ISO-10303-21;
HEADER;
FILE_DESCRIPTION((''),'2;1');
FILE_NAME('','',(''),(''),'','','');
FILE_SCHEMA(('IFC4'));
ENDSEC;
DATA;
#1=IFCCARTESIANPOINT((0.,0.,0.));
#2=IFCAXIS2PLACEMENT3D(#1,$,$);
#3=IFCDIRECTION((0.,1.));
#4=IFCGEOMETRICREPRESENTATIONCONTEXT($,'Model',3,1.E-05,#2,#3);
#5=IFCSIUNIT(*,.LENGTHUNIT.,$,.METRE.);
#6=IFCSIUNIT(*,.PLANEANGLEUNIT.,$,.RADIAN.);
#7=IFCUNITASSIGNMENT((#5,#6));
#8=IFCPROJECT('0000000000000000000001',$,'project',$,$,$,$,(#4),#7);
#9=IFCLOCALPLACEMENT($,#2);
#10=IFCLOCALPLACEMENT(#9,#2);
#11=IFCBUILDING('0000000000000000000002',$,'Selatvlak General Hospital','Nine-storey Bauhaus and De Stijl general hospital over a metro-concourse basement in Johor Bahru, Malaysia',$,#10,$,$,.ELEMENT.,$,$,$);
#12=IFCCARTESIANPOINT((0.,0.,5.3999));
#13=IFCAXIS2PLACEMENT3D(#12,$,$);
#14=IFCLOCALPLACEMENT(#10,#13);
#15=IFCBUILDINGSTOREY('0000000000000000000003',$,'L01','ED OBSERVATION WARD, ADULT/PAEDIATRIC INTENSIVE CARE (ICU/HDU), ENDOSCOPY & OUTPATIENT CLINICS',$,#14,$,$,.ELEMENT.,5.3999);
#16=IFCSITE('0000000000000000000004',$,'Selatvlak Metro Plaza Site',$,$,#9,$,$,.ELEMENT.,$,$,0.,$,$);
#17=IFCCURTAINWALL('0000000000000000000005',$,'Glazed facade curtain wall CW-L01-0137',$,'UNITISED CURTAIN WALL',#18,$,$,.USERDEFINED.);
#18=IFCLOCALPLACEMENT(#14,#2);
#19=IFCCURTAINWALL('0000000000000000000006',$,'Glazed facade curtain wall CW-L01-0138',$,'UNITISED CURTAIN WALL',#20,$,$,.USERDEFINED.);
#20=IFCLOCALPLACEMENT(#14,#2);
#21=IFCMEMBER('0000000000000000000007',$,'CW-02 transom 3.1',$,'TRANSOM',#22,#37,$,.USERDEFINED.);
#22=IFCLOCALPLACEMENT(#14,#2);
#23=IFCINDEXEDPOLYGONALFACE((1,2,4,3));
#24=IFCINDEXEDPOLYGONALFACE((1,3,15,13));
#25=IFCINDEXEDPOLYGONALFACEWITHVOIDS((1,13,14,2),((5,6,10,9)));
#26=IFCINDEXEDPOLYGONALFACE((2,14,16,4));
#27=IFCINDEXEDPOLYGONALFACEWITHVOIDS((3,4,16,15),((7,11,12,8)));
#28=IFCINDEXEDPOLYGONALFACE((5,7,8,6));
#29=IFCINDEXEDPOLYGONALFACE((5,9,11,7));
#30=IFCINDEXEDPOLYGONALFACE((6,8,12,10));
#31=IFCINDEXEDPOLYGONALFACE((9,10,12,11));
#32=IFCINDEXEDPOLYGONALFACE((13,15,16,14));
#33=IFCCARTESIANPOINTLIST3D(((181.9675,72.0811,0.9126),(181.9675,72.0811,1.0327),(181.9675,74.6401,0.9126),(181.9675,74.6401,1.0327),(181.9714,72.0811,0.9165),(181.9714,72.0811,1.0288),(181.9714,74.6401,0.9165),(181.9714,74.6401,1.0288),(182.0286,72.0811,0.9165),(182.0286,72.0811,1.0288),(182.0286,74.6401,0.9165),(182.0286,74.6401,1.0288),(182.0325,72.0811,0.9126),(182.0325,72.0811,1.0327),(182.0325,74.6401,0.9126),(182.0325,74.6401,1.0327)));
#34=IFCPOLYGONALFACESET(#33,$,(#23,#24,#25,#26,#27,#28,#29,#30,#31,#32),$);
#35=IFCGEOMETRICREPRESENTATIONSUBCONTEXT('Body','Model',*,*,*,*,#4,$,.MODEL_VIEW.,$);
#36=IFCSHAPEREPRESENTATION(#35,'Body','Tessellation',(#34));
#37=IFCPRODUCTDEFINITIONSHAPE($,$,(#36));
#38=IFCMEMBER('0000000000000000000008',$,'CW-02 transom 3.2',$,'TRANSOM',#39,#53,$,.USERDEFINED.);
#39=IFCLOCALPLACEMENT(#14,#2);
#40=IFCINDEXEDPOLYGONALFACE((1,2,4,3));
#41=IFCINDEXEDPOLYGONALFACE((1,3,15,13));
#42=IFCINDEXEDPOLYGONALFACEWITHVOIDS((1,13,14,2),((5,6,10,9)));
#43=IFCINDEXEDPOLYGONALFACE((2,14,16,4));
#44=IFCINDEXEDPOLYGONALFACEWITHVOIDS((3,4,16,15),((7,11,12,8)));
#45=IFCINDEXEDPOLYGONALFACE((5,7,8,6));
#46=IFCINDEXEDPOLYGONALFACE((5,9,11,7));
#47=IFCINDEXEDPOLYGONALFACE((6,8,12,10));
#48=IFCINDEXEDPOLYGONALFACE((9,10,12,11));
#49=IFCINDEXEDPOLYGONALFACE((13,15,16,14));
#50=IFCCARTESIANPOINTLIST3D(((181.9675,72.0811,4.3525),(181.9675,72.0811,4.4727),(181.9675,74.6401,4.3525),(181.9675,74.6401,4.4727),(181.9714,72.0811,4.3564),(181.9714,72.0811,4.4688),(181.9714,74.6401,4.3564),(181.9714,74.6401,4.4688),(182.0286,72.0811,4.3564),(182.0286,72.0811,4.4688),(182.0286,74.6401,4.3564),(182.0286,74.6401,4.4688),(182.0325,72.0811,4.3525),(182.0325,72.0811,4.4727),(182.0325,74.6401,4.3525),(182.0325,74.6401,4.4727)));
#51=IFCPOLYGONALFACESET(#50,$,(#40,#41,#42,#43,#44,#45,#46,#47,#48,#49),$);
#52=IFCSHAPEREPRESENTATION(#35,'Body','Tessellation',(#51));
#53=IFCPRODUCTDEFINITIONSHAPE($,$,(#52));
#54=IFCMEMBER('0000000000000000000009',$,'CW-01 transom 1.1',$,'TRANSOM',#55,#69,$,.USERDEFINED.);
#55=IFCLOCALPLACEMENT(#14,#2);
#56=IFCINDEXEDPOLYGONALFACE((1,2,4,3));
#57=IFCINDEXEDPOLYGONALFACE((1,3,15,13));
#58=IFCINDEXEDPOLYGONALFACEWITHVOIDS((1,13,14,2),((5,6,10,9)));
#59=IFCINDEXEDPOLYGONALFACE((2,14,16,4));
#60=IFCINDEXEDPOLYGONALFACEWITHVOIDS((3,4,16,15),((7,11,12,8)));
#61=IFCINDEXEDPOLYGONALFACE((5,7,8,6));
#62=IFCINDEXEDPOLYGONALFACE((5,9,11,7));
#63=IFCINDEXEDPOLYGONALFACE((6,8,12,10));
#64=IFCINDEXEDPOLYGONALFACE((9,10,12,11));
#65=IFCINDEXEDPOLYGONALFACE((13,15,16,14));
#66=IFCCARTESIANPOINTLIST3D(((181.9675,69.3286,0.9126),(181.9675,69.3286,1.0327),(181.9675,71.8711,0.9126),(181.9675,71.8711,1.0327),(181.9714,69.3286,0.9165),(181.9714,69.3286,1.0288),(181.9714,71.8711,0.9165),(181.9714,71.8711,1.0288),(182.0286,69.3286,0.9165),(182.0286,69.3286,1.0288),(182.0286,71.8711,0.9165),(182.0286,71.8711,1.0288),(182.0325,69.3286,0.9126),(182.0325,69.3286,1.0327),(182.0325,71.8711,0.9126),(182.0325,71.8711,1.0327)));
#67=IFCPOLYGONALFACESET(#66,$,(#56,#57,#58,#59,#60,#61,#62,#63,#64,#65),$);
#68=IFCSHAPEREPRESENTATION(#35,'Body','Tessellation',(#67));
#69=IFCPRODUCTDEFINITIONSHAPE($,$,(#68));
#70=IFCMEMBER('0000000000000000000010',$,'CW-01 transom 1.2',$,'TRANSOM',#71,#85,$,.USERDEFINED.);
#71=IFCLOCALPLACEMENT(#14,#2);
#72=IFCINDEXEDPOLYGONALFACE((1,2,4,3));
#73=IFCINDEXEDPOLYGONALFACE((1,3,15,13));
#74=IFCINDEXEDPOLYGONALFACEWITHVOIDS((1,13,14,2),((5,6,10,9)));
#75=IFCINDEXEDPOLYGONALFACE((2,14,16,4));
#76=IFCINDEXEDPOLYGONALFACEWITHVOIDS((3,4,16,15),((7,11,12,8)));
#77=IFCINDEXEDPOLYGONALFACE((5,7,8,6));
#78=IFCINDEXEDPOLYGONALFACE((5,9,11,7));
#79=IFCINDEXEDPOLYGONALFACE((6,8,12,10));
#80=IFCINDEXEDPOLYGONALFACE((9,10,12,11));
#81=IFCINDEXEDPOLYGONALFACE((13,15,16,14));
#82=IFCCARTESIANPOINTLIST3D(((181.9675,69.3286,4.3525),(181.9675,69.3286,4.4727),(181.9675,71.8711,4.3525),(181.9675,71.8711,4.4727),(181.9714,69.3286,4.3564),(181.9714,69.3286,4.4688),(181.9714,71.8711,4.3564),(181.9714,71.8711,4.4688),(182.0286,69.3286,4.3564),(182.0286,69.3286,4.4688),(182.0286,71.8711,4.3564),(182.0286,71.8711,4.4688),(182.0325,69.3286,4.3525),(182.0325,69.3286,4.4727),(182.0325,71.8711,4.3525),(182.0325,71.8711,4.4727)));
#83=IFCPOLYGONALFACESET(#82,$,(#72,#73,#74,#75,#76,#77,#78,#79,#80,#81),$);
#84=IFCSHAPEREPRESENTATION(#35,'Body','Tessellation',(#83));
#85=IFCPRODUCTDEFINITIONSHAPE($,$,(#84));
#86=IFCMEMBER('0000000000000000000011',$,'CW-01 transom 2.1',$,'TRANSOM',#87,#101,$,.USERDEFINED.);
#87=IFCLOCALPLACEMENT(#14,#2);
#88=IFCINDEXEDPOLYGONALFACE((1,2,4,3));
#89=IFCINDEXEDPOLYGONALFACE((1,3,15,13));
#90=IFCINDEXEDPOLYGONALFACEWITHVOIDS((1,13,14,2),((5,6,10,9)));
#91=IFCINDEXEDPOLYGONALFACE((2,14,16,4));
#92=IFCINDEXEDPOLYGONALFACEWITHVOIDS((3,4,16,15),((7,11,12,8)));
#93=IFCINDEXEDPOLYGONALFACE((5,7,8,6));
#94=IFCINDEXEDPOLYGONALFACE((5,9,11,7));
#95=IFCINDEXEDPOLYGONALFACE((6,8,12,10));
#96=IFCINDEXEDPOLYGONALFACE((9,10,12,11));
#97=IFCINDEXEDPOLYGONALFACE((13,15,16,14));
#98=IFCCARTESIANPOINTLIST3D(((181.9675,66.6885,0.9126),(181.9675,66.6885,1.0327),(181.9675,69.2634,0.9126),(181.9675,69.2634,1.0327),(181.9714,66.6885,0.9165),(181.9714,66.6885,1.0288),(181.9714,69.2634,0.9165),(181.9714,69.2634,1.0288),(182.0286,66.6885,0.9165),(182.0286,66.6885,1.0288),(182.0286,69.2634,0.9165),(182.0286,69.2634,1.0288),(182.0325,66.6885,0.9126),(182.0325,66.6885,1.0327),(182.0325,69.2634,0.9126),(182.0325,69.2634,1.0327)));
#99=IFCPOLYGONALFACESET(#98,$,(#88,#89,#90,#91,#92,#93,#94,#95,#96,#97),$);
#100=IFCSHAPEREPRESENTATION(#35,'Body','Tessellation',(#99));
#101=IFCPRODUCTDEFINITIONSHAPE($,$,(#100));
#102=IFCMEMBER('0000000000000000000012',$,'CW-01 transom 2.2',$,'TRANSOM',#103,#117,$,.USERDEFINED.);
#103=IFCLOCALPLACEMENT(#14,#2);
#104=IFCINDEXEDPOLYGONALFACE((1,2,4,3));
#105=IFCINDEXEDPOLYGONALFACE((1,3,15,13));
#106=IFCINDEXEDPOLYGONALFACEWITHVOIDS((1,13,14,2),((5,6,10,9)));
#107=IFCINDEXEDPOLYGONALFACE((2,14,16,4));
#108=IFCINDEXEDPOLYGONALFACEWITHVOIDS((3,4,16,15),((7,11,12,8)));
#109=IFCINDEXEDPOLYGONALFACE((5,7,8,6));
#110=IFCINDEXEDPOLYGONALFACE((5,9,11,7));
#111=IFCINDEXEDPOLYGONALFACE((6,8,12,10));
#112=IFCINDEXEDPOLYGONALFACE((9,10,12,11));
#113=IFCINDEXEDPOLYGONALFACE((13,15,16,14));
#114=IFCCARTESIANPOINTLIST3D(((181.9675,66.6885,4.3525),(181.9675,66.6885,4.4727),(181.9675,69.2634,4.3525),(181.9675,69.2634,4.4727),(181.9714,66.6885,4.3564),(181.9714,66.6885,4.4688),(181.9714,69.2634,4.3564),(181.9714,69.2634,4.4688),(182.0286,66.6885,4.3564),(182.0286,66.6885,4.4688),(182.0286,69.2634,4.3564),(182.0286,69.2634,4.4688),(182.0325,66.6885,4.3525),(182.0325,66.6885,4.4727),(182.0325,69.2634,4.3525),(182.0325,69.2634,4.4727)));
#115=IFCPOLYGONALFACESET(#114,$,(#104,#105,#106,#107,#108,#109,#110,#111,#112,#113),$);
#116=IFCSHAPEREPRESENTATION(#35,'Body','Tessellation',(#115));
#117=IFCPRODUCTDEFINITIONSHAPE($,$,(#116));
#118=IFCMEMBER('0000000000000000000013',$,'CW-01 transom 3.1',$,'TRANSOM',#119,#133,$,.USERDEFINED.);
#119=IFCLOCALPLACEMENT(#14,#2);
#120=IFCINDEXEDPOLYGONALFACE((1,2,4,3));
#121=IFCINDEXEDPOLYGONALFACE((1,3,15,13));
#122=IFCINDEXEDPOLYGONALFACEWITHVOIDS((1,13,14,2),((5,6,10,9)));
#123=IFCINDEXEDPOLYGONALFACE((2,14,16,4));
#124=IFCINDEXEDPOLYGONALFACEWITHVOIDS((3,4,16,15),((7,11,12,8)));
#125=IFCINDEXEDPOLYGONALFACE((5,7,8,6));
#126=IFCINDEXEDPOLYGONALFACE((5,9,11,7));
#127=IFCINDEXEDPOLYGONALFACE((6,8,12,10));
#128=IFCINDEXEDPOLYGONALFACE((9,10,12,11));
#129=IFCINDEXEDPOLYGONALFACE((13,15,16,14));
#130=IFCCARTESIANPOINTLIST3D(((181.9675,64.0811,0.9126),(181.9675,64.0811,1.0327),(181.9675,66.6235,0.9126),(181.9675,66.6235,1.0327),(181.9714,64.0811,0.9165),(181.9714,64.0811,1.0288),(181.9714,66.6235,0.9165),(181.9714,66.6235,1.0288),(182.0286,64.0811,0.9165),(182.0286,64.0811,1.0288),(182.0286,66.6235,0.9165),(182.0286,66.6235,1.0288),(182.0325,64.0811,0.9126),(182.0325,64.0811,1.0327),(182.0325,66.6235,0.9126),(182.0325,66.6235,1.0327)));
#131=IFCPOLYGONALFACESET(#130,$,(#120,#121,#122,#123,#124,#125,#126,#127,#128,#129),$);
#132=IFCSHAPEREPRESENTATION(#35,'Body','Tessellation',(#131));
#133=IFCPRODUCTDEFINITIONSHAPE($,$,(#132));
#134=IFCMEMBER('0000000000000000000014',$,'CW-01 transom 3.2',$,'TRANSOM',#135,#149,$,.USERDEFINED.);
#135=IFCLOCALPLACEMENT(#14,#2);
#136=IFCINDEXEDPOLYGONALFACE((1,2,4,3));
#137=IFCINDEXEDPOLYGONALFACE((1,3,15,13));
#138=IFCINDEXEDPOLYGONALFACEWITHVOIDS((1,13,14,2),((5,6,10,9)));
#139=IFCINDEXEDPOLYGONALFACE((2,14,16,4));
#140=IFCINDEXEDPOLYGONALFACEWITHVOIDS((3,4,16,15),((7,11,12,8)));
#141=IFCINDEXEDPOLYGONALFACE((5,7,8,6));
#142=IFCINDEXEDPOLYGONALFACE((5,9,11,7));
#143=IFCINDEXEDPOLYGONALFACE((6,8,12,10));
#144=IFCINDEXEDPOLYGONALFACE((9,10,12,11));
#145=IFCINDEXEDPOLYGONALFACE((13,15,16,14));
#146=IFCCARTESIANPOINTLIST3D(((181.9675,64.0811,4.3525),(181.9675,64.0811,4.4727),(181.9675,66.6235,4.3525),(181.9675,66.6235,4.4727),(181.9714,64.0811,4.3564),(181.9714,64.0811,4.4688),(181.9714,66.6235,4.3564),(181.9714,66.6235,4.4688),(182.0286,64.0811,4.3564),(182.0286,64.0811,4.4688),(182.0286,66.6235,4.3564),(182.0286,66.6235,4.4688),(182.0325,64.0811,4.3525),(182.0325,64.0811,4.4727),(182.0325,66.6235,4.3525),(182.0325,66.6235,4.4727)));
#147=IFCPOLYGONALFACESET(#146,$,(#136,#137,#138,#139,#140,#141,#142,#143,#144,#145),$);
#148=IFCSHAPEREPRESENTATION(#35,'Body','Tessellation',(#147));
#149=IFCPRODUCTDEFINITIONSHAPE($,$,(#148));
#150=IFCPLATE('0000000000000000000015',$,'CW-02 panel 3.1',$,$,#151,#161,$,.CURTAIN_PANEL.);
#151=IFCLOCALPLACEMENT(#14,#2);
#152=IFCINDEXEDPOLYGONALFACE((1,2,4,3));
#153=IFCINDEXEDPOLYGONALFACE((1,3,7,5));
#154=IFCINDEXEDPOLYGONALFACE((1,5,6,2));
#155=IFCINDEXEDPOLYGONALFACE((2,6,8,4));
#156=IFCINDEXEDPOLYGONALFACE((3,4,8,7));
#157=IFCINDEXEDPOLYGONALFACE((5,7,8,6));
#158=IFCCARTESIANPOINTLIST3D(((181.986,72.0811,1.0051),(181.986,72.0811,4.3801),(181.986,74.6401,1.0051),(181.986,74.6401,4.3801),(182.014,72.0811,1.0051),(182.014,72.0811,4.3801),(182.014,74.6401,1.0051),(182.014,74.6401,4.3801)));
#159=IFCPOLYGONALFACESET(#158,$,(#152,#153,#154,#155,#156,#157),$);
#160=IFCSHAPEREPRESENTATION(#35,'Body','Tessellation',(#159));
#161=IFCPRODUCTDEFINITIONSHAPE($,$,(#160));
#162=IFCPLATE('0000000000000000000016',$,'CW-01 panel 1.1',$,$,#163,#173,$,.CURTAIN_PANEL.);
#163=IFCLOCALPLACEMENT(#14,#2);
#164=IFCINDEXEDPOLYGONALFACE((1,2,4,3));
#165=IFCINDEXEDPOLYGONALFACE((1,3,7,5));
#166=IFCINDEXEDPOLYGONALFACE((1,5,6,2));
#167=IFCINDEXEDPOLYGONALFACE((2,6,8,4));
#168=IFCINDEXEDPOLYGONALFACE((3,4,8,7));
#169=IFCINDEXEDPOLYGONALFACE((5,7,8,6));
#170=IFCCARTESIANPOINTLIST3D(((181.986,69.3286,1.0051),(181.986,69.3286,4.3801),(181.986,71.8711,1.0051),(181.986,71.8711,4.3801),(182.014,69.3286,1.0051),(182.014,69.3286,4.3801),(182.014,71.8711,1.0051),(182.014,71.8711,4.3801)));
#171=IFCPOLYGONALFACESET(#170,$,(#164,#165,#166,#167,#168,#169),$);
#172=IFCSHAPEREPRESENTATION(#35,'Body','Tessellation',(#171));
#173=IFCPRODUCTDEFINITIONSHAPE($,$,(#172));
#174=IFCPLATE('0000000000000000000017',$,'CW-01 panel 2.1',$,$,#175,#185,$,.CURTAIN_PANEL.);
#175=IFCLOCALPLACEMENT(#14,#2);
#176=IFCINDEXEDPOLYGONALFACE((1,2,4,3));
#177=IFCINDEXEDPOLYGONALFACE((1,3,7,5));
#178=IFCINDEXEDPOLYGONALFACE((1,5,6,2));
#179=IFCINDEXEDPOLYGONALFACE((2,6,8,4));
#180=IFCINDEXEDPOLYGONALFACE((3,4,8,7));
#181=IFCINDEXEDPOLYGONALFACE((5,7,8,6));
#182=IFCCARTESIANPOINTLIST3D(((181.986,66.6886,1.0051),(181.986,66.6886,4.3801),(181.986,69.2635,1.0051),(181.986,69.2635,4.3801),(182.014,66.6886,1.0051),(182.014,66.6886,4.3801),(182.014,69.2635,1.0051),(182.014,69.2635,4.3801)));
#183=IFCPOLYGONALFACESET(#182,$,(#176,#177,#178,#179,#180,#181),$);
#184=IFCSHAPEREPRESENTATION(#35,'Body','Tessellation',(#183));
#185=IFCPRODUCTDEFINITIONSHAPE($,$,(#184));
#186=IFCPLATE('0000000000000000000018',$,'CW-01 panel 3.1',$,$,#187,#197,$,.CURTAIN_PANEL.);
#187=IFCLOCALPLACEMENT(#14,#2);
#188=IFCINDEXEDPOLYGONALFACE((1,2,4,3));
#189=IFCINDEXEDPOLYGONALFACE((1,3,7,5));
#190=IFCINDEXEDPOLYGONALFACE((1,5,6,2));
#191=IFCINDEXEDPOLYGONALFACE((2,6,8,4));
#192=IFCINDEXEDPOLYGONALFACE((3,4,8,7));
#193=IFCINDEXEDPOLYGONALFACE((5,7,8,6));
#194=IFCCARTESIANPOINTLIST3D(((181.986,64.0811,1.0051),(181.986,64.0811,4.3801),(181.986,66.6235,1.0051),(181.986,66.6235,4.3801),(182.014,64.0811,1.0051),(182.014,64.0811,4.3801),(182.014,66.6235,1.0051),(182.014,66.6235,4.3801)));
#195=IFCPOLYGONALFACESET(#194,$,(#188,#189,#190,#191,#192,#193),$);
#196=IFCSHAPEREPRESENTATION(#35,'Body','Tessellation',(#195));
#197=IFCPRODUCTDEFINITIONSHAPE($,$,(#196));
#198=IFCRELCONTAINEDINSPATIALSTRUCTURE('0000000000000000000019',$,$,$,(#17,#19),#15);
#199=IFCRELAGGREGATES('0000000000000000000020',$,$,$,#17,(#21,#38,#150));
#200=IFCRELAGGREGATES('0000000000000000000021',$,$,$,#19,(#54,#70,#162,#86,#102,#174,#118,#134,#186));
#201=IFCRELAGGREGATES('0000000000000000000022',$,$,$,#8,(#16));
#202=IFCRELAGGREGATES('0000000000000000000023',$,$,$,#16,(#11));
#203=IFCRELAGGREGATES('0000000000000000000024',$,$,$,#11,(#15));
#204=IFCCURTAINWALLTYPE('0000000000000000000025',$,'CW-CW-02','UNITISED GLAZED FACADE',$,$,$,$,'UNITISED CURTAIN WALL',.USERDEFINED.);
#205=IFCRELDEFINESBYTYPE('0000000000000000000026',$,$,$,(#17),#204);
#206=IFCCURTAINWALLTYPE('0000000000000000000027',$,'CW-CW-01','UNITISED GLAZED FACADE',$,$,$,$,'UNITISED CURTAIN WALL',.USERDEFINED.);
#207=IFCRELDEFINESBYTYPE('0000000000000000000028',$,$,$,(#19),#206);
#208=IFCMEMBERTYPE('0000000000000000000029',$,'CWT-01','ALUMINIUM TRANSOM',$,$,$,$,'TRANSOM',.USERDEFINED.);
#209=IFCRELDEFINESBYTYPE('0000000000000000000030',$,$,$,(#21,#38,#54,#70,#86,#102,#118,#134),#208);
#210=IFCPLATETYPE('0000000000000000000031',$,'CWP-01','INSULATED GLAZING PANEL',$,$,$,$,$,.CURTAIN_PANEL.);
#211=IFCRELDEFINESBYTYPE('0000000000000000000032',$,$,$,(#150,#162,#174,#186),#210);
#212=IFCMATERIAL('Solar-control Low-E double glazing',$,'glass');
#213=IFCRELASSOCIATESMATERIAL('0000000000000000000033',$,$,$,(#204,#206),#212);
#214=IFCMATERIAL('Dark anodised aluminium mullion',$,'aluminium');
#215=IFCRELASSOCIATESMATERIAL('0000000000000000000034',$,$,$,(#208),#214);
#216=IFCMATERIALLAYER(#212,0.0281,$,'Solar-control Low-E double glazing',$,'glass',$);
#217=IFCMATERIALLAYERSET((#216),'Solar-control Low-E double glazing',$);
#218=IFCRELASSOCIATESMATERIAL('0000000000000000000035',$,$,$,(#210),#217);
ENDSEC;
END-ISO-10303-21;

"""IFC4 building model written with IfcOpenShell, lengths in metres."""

from ifc_helpers import new_model, si_unit, direction, frame, origin, origin_2d, place, context, subcontext, project, spatial, rectangle, hollow_rectangle, extrude, material, layer, layer_set, material_profile, profile_set, type_object, element, aggregate, save


model = new_model("IFC4")

# Units and contexts
model_context = context("Model", 3, precision=1e-05, world=origin(), true_north=direction((0.0, 1.0)))
body_context = subcontext(model_context, "Body", "Model", "MODEL_VIEW")
ifc_project = project(units=[si_unit("LENGTHUNIT", "METRE"), si_unit("PLANEANGLEUNIT", "RADIAN")], contexts=[model_context])

# Site, building, storey
site_placement = place(None, origin())
site = spatial("IfcSite", under=ifc_project, at=site_placement, Name="Selatvlak Metro Plaza Site", CompositionType="ELEMENT", RefElevation=0.0)
building_placement = place(site_placement, origin())
building = spatial("IfcBuilding", under=site, at=building_placement, Name="Selatvlak General Hospital", Description="Nine-storey Bauhaus and De Stijl general hospital over a metro-concourse basement in Johor Bahru, Malaysia", CompositionType="ELEMENT")
storey_placement = place(building_placement, frame((0.0, 0.0, 5.3999)))
storey = spatial("IfcBuildingStorey", under=building, at=storey_placement, Name="L01", Description="ED OBSERVATION WARD, ADULT/PAEDIATRIC INTENSIVE CARE (ICU/HDU), ENDOSCOPY & OUTPATIENT CLINICS", CompositionType="ELEMENT", Elevation=5.3999)

# Curtain walls
ifc_material_1 = material(Name="Solar-control Low-E double glazing", Category="glass")
curtain_wall_type_1 = type_object("IfcCurtainWallType", Name="CW-CW-02", Description="UNITISED GLAZED FACADE", ElementType="UNITISED CURTAIN WALL", PredefinedType="USERDEFINED", material=ifc_material_1)
curtain_wall_1_placement = place(storey_placement, origin())
curtain_wall_1 = element("IfcCurtainWall", 1, at=curtain_wall_1_placement, inside=storey, type_object=curtain_wall_type_1, Name="Glazed facade curtain wall CW-L01-0137", ObjectType="UNITISED CURTAIN WALL", PredefinedType="USERDEFINED")
ifc_material_2 = material(Name="Dark anodised aluminium mullion", Category="aluminium")
curtain_wall_type_2 = type_object("IfcCurtainWallType", Name="CW-CW-01", Description="UNITISED GLAZED FACADE", ElementType="UNITISED CURTAIN WALL", PredefinedType="USERDEFINED", material=ifc_material_1)
curtain_wall_2_placement = place(storey_placement, origin())
curtain_wall_2 = element("IfcCurtainWall", 2, at=curtain_wall_2_placement, inside=storey, type_object=curtain_wall_type_2, Name="Glazed facade curtain wall CW-L01-0138", ObjectType="UNITISED CURTAIN WALL", PredefinedType="USERDEFINED")

# Members
ifc_material_profile_1 = material_profile(ifc_material_2, hollow_rectangle(XDim=0.0649, YDim=0.1201, WallThickness=0.0039, at=origin_2d()), Name="AL-TRN 65x120x4")
ifc_profile_set_1 = profile_set([ifc_material_profile_1], Name="Dark anodised aluminium mullion")
member_type_1 = type_object("IfcMemberType", Name="CWT-01", Description="ALUMINIUM TRANSOM", ElementType="TRANSOM", PredefinedType="USERDEFINED", material=ifc_profile_set_1)
member_1_placement = place(storey_placement, frame((182.0, 74.6401, 0.9727), z_axis=(0.0, -1.0, 0.0), x_axis=(1.0, 0.0, 0.0)))
member_1 = element("IfcMember", 3, at=member_1_placement, type_object=member_type_1, Name="CW-02 transom 3.1", ObjectType="TRANSOM", PredefinedType="USERDEFINED", context=body_context, shape_type="SweptSolid", body=[
    extrude(hollow_rectangle(XDim=0.0649, YDim=0.1201, WallThickness=0.0039, at=origin_2d()), origin(), (0.0, 0.0, 1.0), 2.5591),
])
member_2_placement = place(storey_placement, frame((182.0, 74.6401, 4.4126), z_axis=(0.0, -1.0, 0.0), x_axis=(1.0, 0.0, 0.0)))
member_2 = element("IfcMember", 4, at=member_2_placement, type_object=member_type_1, Name="CW-02 transom 3.2", ObjectType="TRANSOM", PredefinedType="USERDEFINED", context=body_context, shape_type="SweptSolid", body=[
    extrude(hollow_rectangle(XDim=0.0649, YDim=0.1201, WallThickness=0.0039, at=origin_2d()), origin(), (0.0, 0.0, 1.0), 2.5591),
])
member_3_placement = place(storey_placement, frame((182.0, 71.8711, 0.9727), z_axis=(0.0, -1.0, 0.0), x_axis=(1.0, 0.0, 0.0)))
member_3 = element("IfcMember", 5, at=member_3_placement, type_object=member_type_1, Name="CW-01 transom 1.1", ObjectType="TRANSOM", PredefinedType="USERDEFINED", context=body_context, shape_type="SweptSolid", body=[
    extrude(hollow_rectangle(XDim=0.0649, YDim=0.1201, WallThickness=0.0039, at=origin_2d()), origin(), (0.0, 0.0, 1.0), 2.5425),
])
member_4_placement = place(storey_placement, frame((182.0, 71.8711, 4.4126), z_axis=(0.0, -1.0, 0.0), x_axis=(1.0, 0.0, 0.0)))
member_4 = element("IfcMember", 6, at=member_4_placement, type_object=member_type_1, Name="CW-01 transom 1.2", ObjectType="TRANSOM", PredefinedType="USERDEFINED", context=body_context, shape_type="SweptSolid", body=[
    extrude(hollow_rectangle(XDim=0.0649, YDim=0.1201, WallThickness=0.0039, at=origin_2d()), origin(), (0.0, 0.0, 1.0), 2.5425),
])
member_5_placement = place(storey_placement, frame((182.0, 69.2634, 0.9727), z_axis=(0.0, -1.0, 0.0), x_axis=(1.0, 0.0, 0.0)))
member_5 = element("IfcMember", 7, at=member_5_placement, type_object=member_type_1, Name="CW-01 transom 2.1", ObjectType="TRANSOM", PredefinedType="USERDEFINED", context=body_context, shape_type="SweptSolid", body=[
    extrude(hollow_rectangle(XDim=0.0649, YDim=0.1201, WallThickness=0.0039, at=origin_2d()), origin(), (0.0, 0.0, 1.0), 2.575),
])
member_6_placement = place(storey_placement, frame((182.0, 69.2634, 4.4126), z_axis=(0.0, -1.0, 0.0), x_axis=(1.0, 0.0, 0.0)))
member_6 = element("IfcMember", 8, at=member_6_placement, type_object=member_type_1, Name="CW-01 transom 2.2", ObjectType="TRANSOM", PredefinedType="USERDEFINED", context=body_context, shape_type="SweptSolid", body=[
    extrude(hollow_rectangle(XDim=0.0649, YDim=0.1201, WallThickness=0.0039, at=origin_2d()), origin(), (0.0, 0.0, 1.0), 2.575),
])
member_7_placement = place(storey_placement, frame((182.0, 66.6235, 0.9727), z_axis=(0.0, -1.0, 0.0), x_axis=(1.0, 0.0, 0.0)))
member_7 = element("IfcMember", 9, at=member_7_placement, type_object=member_type_1, Name="CW-01 transom 3.1", ObjectType="TRANSOM", PredefinedType="USERDEFINED", context=body_context, shape_type="SweptSolid", body=[
    extrude(hollow_rectangle(XDim=0.0649, YDim=0.1201, WallThickness=0.0039, at=origin_2d()), origin(), (0.0, 0.0, 1.0), 2.5425),
])
member_8_placement = place(storey_placement, frame((182.0, 66.6235, 4.4126), z_axis=(0.0, -1.0, 0.0), x_axis=(1.0, 0.0, 0.0)))
member_8 = element("IfcMember", 10, at=member_8_placement, type_object=member_type_1, Name="CW-01 transom 3.2", ObjectType="TRANSOM", PredefinedType="USERDEFINED", context=body_context, shape_type="SweptSolid", body=[
    extrude(hollow_rectangle(XDim=0.0649, YDim=0.1201, WallThickness=0.0039, at=origin_2d()), origin(), (0.0, 0.0, 1.0), 2.5425),
])

# Plates
ifc_layer_1 = layer(ifc_material_1, 0.0281, Name="Solar-control Low-E double glazing", Category="glass")
ifc_layer_set_1 = layer_set([ifc_layer_1], Name="Solar-control Low-E double glazing")
plate_type = type_object("IfcPlateType", Name="CWP-01", Description="INSULATED GLAZING PANEL", PredefinedType="CURTAIN_PANEL", material=ifc_layer_set_1)
plate_1_placement = place(storey_placement, frame((182.0, 73.3606, 1.0051), z_axis=(0.0, 0.0, 1.0), x_axis=(0.0, -1.0, 0.0)))
plate_1 = element("IfcPlate", 11, at=plate_1_placement, type_object=plate_type, Name="CW-02 panel 3.1", PredefinedType="CURTAIN_PANEL", context=body_context, shape_type="SweptSolid", body=[
    extrude(rectangle(XDim=2.5591, YDim=0.0281, at=origin_2d()), origin(), (0.0, 0.0, 1.0), 3.375),
])
aggregate(curtain_wall_1, [member_1, member_2, plate_1])
plate_2_placement = place(storey_placement, frame((182.0, 70.5999, 1.0051), z_axis=(0.0, 0.0, 1.0), x_axis=(0.0, -1.0, 0.0)))
plate_2 = element("IfcPlate", 12, at=plate_2_placement, type_object=plate_type, Name="CW-01 panel 1.1", PredefinedType="CURTAIN_PANEL", context=body_context, shape_type="SweptSolid", body=[
    extrude(rectangle(XDim=2.5425, YDim=0.0281, at=origin_2d()), origin(), (0.0, 0.0, 1.0), 3.375),
])
plate_3_placement = place(storey_placement, frame((182.0, 67.9761, 1.0051), z_axis=(0.0, 0.0, 1.0), x_axis=(0.0, -1.0, 0.0)))
plate_3 = element("IfcPlate", 13, at=plate_3_placement, type_object=plate_type, Name="CW-01 panel 2.1", PredefinedType="CURTAIN_PANEL", context=body_context, shape_type="SweptSolid", body=[
    extrude(rectangle(XDim=2.575, YDim=0.0281, at=origin_2d()), origin(), (0.0, 0.0, 1.0), 3.375),
])
plate_4_placement = place(storey_placement, frame((182.0, 65.3523, 1.0051), z_axis=(0.0, 0.0, 1.0), x_axis=(0.0, -1.0, 0.0)))
plate_4 = element("IfcPlate", 14, at=plate_4_placement, type_object=plate_type, Name="CW-01 panel 3.1", PredefinedType="CURTAIN_PANEL", context=body_context, shape_type="SweptSolid", body=[
    extrude(rectangle(XDim=2.5425, YDim=0.0281, at=origin_2d()), origin(), (0.0, 0.0, 1.0), 3.375),
])
aggregate(curtain_wall_2, [member_3, member_4, plate_2, member_5, member_6, plate_3, member_7, member_8, plate_4])

save(model, "model.ifc")
